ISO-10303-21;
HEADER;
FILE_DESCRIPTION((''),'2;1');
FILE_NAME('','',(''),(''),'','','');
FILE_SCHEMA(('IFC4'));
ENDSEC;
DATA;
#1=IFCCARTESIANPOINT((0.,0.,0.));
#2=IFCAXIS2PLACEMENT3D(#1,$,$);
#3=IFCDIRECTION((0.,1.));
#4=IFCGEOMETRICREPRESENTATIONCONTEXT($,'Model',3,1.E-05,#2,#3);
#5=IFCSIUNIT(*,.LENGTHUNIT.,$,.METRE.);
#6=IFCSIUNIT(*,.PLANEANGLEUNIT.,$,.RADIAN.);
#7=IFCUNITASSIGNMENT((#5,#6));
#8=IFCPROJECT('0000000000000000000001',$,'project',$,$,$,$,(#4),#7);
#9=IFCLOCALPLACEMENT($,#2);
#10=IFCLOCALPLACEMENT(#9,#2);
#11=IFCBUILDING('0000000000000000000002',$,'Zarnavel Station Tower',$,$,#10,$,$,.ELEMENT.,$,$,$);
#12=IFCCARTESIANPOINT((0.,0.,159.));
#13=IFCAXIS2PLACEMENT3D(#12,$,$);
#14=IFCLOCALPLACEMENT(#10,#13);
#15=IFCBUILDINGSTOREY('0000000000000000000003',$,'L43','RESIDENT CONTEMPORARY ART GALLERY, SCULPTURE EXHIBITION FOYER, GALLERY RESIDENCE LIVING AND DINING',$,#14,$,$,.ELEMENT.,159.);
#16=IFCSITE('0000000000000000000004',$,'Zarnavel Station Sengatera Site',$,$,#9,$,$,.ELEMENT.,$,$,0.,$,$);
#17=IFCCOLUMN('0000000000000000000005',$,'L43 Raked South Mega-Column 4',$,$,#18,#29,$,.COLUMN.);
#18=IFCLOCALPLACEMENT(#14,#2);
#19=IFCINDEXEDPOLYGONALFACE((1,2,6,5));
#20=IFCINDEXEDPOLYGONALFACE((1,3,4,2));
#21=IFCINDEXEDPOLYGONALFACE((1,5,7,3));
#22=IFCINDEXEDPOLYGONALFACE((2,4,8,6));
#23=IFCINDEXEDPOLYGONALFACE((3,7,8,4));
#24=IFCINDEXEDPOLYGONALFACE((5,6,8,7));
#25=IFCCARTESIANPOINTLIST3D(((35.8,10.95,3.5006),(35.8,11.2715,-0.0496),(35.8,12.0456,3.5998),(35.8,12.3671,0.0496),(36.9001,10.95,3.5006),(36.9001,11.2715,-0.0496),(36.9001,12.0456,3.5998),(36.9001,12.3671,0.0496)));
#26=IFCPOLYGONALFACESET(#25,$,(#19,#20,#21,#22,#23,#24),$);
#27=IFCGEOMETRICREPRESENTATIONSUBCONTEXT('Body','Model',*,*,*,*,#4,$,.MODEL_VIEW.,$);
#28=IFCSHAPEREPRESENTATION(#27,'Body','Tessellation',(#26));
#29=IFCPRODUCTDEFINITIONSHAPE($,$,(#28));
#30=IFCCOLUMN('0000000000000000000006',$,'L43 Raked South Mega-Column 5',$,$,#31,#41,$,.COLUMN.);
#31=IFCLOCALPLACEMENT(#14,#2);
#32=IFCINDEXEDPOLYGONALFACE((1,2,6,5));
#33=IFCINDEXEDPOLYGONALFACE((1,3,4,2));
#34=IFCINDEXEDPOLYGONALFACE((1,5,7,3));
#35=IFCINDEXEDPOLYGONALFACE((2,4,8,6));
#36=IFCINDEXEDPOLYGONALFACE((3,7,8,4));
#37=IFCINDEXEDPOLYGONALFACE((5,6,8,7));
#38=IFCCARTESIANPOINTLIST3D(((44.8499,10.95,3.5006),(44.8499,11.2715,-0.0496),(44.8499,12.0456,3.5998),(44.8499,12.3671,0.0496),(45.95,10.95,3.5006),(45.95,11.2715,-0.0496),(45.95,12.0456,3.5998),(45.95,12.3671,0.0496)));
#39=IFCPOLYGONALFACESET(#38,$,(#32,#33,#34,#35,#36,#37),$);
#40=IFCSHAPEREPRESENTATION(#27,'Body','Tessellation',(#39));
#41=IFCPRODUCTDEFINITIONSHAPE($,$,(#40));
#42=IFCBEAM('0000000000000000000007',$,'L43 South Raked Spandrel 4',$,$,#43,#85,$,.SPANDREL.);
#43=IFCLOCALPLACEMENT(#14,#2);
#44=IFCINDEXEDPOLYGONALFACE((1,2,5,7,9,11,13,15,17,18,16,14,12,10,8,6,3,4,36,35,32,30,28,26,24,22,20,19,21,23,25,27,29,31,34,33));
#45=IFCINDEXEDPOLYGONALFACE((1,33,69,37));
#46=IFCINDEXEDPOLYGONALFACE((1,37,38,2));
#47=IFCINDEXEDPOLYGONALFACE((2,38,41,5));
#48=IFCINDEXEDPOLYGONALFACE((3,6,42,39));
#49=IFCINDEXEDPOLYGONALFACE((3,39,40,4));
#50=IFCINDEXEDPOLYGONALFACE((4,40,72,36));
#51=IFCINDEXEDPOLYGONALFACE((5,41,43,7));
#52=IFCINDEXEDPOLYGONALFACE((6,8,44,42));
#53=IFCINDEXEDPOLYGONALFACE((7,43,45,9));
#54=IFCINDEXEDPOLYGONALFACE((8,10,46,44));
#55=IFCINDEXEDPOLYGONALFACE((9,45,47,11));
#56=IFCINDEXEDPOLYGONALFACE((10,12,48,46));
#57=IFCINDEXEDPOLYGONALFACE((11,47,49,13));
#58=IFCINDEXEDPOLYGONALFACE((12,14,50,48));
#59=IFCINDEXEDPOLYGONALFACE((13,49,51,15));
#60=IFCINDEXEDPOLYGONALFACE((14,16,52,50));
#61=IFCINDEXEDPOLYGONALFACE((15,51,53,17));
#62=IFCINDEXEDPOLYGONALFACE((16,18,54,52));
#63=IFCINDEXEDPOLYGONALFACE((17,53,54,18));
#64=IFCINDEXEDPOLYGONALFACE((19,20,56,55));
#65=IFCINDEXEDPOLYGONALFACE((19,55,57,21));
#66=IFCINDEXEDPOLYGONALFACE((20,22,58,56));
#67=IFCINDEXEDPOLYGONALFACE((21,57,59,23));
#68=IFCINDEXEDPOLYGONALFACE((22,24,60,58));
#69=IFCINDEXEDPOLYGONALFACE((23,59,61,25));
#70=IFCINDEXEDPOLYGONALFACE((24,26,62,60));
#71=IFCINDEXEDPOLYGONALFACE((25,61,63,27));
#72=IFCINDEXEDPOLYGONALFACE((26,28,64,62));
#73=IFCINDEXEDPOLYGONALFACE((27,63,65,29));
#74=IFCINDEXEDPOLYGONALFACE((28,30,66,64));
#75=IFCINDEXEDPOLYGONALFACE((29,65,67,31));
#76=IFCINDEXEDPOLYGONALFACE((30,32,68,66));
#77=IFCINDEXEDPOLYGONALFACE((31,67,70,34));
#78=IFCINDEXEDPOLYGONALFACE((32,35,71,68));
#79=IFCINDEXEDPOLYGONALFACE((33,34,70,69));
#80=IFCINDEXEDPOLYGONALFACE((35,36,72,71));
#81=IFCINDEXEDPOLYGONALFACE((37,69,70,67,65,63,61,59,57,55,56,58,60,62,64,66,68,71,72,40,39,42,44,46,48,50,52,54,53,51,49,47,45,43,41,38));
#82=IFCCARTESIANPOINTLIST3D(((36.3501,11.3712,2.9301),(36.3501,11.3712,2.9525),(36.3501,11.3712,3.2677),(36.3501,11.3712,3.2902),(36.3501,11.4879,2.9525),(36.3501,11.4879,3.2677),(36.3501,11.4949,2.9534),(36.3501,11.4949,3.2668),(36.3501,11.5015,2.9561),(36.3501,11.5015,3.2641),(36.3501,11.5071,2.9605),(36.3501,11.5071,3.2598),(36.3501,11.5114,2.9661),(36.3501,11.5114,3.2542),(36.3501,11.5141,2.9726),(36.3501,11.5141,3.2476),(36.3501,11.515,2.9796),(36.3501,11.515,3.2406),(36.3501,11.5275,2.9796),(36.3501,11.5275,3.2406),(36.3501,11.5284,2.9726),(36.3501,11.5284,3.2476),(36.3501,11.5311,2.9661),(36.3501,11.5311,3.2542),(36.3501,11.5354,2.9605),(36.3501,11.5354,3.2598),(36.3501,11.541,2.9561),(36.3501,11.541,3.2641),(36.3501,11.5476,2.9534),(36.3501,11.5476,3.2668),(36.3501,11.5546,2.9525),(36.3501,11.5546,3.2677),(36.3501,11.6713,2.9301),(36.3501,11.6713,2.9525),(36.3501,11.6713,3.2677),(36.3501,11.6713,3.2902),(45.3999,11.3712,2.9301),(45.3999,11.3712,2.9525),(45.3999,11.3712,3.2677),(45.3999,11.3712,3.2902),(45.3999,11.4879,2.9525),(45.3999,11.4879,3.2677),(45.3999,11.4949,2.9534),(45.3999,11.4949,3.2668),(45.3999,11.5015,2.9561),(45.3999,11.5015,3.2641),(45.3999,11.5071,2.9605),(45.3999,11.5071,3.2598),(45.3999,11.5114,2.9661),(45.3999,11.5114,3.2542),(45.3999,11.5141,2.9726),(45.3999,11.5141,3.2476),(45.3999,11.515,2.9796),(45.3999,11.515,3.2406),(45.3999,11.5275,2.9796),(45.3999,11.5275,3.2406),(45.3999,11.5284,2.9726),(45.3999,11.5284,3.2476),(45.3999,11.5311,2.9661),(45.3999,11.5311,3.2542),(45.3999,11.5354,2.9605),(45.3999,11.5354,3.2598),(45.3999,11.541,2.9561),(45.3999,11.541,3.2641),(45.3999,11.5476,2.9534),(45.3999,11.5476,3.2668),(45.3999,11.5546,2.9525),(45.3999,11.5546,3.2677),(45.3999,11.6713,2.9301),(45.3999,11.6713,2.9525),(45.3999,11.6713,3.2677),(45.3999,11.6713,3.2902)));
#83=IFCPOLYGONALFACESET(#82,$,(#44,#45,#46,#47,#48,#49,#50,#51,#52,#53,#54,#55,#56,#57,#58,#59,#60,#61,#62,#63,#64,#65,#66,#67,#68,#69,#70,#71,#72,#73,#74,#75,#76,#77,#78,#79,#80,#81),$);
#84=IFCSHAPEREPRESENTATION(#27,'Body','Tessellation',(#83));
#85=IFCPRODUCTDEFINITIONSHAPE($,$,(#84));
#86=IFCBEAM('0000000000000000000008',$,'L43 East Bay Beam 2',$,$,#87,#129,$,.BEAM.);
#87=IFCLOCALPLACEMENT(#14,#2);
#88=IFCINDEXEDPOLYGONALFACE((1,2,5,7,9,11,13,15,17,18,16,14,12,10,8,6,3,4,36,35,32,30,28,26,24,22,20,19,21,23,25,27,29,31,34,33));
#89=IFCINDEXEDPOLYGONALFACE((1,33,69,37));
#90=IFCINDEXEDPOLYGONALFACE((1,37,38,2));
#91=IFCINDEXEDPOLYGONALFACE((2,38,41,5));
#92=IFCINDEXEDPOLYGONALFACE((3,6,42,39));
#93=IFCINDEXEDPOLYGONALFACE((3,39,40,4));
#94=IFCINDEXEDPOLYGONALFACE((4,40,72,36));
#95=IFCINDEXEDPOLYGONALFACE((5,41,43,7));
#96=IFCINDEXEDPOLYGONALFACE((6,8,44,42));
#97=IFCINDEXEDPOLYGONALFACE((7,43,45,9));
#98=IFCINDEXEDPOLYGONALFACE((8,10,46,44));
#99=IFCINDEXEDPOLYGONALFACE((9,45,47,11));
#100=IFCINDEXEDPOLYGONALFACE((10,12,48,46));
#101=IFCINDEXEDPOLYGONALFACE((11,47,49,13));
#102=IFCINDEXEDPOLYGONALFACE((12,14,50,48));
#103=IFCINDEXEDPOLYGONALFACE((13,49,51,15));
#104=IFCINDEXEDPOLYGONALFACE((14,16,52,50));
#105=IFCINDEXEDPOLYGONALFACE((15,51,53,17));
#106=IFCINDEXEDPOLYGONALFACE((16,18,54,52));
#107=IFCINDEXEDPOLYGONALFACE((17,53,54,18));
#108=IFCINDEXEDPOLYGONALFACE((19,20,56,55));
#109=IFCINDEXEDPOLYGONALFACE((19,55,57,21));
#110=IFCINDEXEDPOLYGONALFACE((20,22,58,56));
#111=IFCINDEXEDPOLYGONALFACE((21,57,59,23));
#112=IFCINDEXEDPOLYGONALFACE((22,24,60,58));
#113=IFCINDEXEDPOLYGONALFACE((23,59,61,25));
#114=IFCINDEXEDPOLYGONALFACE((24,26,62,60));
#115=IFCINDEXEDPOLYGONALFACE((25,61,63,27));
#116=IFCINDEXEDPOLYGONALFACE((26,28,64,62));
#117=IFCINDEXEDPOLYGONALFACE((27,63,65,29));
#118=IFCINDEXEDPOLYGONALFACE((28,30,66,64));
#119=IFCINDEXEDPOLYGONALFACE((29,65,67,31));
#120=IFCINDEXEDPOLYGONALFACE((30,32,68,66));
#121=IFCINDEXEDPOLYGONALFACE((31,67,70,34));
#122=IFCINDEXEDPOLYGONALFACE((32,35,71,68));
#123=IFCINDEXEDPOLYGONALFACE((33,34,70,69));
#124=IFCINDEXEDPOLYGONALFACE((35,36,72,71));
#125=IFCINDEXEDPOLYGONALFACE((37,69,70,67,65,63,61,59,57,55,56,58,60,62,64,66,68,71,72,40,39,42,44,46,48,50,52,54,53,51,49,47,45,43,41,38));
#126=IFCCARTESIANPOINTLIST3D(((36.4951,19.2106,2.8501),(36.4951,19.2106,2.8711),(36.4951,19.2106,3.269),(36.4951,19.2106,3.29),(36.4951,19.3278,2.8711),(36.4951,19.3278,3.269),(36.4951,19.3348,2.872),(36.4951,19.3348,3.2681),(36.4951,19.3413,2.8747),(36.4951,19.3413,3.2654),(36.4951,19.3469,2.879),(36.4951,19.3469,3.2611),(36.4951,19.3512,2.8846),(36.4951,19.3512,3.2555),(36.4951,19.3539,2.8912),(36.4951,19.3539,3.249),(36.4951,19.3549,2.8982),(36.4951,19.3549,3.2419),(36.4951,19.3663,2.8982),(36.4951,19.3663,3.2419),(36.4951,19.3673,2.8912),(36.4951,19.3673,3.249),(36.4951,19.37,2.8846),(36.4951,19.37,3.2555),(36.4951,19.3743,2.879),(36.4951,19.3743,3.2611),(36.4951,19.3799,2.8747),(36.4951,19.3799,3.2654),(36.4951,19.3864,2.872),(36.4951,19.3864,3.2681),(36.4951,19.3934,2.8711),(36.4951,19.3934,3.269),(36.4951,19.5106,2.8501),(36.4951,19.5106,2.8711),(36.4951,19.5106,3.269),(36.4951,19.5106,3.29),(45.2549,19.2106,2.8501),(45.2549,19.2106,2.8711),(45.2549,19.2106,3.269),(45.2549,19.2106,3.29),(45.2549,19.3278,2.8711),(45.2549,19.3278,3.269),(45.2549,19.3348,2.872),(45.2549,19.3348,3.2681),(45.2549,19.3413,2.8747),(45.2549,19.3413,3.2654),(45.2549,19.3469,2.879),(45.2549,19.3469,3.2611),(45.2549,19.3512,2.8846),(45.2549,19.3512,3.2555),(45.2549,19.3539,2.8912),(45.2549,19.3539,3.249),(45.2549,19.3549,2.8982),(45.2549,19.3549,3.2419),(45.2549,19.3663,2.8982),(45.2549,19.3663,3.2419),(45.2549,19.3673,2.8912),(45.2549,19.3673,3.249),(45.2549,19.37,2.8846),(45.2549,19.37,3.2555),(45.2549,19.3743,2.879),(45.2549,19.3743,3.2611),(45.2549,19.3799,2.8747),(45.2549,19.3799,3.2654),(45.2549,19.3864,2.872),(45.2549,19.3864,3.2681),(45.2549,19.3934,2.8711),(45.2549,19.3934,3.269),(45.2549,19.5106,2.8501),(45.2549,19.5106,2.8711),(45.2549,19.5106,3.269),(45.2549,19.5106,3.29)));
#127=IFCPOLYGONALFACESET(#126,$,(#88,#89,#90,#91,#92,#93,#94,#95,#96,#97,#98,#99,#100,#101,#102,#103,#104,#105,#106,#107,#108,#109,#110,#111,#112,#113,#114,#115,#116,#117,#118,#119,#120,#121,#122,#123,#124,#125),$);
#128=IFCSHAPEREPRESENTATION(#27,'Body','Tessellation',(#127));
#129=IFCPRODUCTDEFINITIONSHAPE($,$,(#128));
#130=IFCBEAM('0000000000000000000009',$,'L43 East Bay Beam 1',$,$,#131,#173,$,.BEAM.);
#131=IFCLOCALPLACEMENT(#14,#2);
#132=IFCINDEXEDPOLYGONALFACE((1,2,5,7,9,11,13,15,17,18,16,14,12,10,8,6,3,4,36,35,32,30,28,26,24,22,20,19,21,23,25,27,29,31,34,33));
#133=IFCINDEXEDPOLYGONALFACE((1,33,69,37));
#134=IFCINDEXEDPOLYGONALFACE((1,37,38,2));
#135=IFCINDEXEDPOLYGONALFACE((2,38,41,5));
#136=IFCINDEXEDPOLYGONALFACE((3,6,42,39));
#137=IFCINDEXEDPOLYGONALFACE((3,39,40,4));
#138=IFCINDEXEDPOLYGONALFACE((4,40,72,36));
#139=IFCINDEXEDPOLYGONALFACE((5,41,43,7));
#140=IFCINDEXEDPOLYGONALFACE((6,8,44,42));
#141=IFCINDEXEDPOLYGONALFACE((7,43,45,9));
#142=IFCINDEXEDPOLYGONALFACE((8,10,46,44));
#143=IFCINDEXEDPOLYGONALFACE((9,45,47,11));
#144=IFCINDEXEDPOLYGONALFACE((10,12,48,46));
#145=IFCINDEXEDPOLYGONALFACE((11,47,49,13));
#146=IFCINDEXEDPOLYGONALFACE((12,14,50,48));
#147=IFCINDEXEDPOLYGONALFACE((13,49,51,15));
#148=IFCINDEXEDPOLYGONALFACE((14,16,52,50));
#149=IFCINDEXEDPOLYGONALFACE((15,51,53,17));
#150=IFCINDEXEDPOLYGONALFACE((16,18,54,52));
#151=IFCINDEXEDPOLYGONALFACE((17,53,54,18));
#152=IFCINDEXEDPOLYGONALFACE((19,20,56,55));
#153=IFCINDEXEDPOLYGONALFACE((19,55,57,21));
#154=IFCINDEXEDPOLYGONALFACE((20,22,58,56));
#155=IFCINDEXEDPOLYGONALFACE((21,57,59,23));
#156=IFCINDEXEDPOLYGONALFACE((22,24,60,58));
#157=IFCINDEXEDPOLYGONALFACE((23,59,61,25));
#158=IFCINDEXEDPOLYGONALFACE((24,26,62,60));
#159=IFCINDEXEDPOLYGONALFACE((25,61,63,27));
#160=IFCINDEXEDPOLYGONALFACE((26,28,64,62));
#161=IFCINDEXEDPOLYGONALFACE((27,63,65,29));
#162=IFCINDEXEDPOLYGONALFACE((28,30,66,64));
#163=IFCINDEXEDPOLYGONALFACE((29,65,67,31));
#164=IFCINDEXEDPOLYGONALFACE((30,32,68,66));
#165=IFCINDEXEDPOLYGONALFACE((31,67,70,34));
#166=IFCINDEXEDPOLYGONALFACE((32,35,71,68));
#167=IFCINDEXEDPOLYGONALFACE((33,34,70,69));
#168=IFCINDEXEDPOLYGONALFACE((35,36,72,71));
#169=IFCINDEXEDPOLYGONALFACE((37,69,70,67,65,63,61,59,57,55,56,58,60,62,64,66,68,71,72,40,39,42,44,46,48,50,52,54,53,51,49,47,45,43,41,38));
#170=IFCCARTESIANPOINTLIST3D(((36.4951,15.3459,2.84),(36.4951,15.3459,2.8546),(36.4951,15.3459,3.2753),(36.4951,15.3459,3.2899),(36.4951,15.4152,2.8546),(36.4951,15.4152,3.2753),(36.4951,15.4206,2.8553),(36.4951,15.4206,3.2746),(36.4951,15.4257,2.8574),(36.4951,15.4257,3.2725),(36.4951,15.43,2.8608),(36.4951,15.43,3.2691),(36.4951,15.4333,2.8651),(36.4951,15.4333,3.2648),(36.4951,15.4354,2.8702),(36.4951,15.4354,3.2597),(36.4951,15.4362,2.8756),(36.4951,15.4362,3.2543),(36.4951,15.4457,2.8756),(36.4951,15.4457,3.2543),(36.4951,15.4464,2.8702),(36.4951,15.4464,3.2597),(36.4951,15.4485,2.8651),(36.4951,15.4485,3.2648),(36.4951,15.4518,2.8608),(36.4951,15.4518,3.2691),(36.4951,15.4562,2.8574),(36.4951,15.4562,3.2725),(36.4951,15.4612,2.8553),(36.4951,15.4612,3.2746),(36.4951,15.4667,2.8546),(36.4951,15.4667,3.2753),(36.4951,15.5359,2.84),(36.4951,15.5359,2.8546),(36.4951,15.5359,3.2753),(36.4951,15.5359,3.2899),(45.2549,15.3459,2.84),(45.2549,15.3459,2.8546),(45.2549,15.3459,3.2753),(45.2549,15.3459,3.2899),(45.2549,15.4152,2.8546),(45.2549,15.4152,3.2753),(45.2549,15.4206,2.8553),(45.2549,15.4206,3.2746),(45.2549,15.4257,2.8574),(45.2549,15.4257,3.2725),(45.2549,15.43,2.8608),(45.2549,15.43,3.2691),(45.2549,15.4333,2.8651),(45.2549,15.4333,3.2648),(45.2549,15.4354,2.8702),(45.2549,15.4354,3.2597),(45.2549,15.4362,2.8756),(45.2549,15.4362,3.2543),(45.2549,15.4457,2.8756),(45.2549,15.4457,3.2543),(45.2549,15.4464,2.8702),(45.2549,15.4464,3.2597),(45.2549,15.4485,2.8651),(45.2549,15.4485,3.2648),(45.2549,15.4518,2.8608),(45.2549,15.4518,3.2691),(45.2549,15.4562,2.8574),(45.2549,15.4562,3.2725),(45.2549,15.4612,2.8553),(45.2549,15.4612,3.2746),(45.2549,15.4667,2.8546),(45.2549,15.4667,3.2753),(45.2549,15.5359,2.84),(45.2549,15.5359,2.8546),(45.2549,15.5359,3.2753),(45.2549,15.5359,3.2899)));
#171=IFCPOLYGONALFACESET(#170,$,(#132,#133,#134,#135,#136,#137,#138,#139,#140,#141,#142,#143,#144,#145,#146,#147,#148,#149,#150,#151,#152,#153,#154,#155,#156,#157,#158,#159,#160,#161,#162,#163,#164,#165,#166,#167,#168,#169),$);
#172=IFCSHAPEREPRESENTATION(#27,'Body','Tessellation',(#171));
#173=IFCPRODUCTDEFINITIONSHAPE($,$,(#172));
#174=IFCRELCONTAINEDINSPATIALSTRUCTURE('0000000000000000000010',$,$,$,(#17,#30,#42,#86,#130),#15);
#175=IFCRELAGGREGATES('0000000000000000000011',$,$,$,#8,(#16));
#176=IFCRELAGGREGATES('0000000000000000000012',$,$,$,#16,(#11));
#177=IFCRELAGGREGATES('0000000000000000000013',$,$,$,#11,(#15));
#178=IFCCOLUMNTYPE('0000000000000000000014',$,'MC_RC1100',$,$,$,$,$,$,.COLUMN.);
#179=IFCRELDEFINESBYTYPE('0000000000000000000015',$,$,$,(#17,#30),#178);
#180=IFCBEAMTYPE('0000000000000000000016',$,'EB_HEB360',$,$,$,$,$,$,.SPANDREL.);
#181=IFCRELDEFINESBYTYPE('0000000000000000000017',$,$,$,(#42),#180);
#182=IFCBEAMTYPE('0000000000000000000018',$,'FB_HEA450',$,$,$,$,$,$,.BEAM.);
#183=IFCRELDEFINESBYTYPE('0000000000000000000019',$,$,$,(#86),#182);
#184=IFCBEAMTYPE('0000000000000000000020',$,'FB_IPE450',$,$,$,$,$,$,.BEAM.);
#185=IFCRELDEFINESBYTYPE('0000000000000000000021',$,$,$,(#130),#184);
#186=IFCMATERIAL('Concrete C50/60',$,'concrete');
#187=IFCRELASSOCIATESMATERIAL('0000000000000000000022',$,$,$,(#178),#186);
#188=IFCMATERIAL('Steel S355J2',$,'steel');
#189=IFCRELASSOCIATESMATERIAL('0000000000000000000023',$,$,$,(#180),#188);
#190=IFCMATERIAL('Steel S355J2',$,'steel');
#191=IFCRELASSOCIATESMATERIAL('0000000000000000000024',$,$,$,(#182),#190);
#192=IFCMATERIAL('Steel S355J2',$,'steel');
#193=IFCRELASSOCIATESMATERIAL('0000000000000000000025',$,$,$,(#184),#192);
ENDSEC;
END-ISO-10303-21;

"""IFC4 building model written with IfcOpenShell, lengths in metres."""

from ifc_helpers import new_model, si_unit, direction, frame, origin, origin_2d, place, context, subcontext, project, spatial, rectangle, i_section, extrude, material, material_profile, profile_set, type_object, element, save


model = new_model("IFC4")

# Units and contexts
model_context = context("Model", 3, precision=1e-05, world=origin(), true_north=direction((0.0, 1.0)))
body_context = subcontext(model_context, "Body", "Model", "MODEL_VIEW")
ifc_project = project(units=[si_unit("LENGTHUNIT", "METRE"), si_unit("PLANEANGLEUNIT", "RADIAN")], contexts=[model_context])

# Site, building, storey
site_placement = place(None, origin())
site = spatial("IfcSite", under=ifc_project, at=site_placement, Name="Zarnavel Station Sengatera Site", CompositionType="ELEMENT", RefElevation=0.0)
building_placement = place(site_placement, origin())
building = spatial("IfcBuilding", under=site, at=building_placement, Name="Zarnavel Station Tower", CompositionType="ELEMENT")
storey_placement = place(building_placement, frame((0.0, 0.0, 159.0)))
storey = spatial("IfcBuildingStorey", under=building, at=storey_placement, Name="L43", Description="RESIDENT CONTEMPORARY ART GALLERY, SCULPTURE EXHIBITION FOYER, GALLERY RESIDENCE LIVING AND DINING", CompositionType="ELEMENT", Elevation=159.0)

# Columns
ifc_material_1 = material(Name="Concrete C50/60", Category="concrete")
ifc_material_profile_1 = material_profile(ifc_material_1, rectangle(XDim=1.1001, YDim=1.1001, at=origin_2d()), Name="RC1100x1100")
ifc_profile_set_1 = profile_set([ifc_material_profile_1], Name="Concrete C50/60")
column_type = type_object("IfcColumnType", Name="MC_RC1100", PredefinedType="COLUMN", material=ifc_profile_set_1)
for number, where, z_axis, x_axis, name in (
    (1, (36.3501, 11.8193, 0.0), (0.0, -0.090202, 0.995923), (1.0, 0.0, 0.0), "L43 Raked South Mega-Column 4"),
    (2, (45.3999, 11.8193, 0.0), (0.0, -0.090202, 0.995923), (1.0, 0.0, 0.0), "L43 Raked South Mega-Column 5"),
):
    element("IfcColumn", number, at=place(storey_placement, frame(where, z_axis=z_axis, x_axis=x_axis)), inside=storey, type_object=column_type, Name=name, PredefinedType="COLUMN", context=body_context, shape_type="SweptSolid", body=[
        extrude(rectangle(XDim=1.1001, YDim=1.1001, at=origin_2d()), origin(), (0.0, 0.0, 1.0), 3.5647),
    ])

# Beams
ifc_material_2 = material(Name="Steel S355J2", Category="steel")
ifc_material_profile_2 = material_profile(ifc_material_2, i_section(OverallWidth=0.3, OverallDepth=0.3601, WebThickness=0.0125, FlangeThickness=0.0225, FilletRadius=0.0271, at=origin_2d()), Name="HEB360")
ifc_profile_set_2 = profile_set([ifc_material_profile_2], Name="Steel S355J2")
beam_type_1 = type_object("IfcBeamType", Name="EB_HEB360", PredefinedType="SPANDREL", material=ifc_profile_set_2)
beam_1_placement = place(storey_placement, frame((36.3501, 11.5212, 3.1101), z_axis=(1.0, 0.0, 0.0), x_axis=(0.0, 1.0, 0.0)))
element("IfcBeam", 3, at=beam_1_placement, inside=storey, type_object=beam_type_1, Name="L43 South Raked Spandrel 4", PredefinedType="SPANDREL", context=body_context, shape_type="SweptSolid", body=[
    extrude(i_section(OverallWidth=0.3, OverallDepth=0.3601, WebThickness=0.0125, FlangeThickness=0.0225, FilletRadius=0.0271, at=origin_2d()), origin(), (0.0, 0.0, 1.0), 9.0498),
])
ifc_material_3 = material(Name="Steel S355J2", Category="steel")
ifc_material_profile_3 = material_profile(ifc_material_3, i_section(OverallWidth=0.3, OverallDepth=0.4399, WebThickness=0.0115, FlangeThickness=0.021, FilletRadius=0.0271, at=origin_2d()), Name="HEA450")
ifc_profile_set_3 = profile_set([ifc_material_profile_3], Name="Steel S355J2")
beam_type_2 = type_object("IfcBeamType", Name="FB_HEA450", PredefinedType="BEAM", material=ifc_profile_set_3)
beam_2_placement = place(storey_placement, frame((36.4951, 19.3606, 3.0701), z_axis=(1.0, 0.0, 0.0), x_axis=(0.0, 1.0, 0.0)))
element("IfcBeam", 4, at=beam_2_placement, inside=storey, type_object=beam_type_2, Name="L43 East Bay Beam 2", PredefinedType="BEAM", context=body_context, shape_type="SweptSolid", body=[
    extrude(i_section(OverallWidth=0.3, OverallDepth=0.4399, WebThickness=0.0115, FlangeThickness=0.021, FilletRadius=0.0271, at=origin_2d()), origin(), (0.0, 0.0, 1.0), 8.7598),
])
ifc_material_4 = material(Name="Steel S355J2", Category="steel")
ifc_material_profile_4 = material_profile(ifc_material_4, i_section(OverallWidth=0.1899, OverallDepth=0.45, WebThickness=0.0095, FlangeThickness=0.0146, FilletRadius=0.021, at=origin_2d()), Name="IPE450")
ifc_profile_set_4 = profile_set([ifc_material_profile_4], Name="Steel S355J2")
beam_type_3 = type_object("IfcBeamType", Name="FB_IPE450", PredefinedType="BEAM", material=ifc_profile_set_4)
for number, where, z_axis, x_axis, name in (
    (5, (36.4951, 15.4409, 3.0649), (1.0, 0.0, 0.0), (0.0, 1.0, 0.0), "L43 East Bay Beam 1"),
):
    element("IfcBeam", number, at=place(storey_placement, frame(where, z_axis=z_axis, x_axis=x_axis)), inside=storey, type_object=beam_type_3, Name=name, PredefinedType="BEAM", context=body_context, shape_type="SweptSolid", body=[
        extrude(i_section(OverallWidth=0.1899, OverallDepth=0.45, WebThickness=0.0095, FlangeThickness=0.0146, FilletRadius=0.021, at=origin_2d()), origin(), (0.0, 0.0, 1.0), 8.7598),
    ])

save(model, "model.ifc")
